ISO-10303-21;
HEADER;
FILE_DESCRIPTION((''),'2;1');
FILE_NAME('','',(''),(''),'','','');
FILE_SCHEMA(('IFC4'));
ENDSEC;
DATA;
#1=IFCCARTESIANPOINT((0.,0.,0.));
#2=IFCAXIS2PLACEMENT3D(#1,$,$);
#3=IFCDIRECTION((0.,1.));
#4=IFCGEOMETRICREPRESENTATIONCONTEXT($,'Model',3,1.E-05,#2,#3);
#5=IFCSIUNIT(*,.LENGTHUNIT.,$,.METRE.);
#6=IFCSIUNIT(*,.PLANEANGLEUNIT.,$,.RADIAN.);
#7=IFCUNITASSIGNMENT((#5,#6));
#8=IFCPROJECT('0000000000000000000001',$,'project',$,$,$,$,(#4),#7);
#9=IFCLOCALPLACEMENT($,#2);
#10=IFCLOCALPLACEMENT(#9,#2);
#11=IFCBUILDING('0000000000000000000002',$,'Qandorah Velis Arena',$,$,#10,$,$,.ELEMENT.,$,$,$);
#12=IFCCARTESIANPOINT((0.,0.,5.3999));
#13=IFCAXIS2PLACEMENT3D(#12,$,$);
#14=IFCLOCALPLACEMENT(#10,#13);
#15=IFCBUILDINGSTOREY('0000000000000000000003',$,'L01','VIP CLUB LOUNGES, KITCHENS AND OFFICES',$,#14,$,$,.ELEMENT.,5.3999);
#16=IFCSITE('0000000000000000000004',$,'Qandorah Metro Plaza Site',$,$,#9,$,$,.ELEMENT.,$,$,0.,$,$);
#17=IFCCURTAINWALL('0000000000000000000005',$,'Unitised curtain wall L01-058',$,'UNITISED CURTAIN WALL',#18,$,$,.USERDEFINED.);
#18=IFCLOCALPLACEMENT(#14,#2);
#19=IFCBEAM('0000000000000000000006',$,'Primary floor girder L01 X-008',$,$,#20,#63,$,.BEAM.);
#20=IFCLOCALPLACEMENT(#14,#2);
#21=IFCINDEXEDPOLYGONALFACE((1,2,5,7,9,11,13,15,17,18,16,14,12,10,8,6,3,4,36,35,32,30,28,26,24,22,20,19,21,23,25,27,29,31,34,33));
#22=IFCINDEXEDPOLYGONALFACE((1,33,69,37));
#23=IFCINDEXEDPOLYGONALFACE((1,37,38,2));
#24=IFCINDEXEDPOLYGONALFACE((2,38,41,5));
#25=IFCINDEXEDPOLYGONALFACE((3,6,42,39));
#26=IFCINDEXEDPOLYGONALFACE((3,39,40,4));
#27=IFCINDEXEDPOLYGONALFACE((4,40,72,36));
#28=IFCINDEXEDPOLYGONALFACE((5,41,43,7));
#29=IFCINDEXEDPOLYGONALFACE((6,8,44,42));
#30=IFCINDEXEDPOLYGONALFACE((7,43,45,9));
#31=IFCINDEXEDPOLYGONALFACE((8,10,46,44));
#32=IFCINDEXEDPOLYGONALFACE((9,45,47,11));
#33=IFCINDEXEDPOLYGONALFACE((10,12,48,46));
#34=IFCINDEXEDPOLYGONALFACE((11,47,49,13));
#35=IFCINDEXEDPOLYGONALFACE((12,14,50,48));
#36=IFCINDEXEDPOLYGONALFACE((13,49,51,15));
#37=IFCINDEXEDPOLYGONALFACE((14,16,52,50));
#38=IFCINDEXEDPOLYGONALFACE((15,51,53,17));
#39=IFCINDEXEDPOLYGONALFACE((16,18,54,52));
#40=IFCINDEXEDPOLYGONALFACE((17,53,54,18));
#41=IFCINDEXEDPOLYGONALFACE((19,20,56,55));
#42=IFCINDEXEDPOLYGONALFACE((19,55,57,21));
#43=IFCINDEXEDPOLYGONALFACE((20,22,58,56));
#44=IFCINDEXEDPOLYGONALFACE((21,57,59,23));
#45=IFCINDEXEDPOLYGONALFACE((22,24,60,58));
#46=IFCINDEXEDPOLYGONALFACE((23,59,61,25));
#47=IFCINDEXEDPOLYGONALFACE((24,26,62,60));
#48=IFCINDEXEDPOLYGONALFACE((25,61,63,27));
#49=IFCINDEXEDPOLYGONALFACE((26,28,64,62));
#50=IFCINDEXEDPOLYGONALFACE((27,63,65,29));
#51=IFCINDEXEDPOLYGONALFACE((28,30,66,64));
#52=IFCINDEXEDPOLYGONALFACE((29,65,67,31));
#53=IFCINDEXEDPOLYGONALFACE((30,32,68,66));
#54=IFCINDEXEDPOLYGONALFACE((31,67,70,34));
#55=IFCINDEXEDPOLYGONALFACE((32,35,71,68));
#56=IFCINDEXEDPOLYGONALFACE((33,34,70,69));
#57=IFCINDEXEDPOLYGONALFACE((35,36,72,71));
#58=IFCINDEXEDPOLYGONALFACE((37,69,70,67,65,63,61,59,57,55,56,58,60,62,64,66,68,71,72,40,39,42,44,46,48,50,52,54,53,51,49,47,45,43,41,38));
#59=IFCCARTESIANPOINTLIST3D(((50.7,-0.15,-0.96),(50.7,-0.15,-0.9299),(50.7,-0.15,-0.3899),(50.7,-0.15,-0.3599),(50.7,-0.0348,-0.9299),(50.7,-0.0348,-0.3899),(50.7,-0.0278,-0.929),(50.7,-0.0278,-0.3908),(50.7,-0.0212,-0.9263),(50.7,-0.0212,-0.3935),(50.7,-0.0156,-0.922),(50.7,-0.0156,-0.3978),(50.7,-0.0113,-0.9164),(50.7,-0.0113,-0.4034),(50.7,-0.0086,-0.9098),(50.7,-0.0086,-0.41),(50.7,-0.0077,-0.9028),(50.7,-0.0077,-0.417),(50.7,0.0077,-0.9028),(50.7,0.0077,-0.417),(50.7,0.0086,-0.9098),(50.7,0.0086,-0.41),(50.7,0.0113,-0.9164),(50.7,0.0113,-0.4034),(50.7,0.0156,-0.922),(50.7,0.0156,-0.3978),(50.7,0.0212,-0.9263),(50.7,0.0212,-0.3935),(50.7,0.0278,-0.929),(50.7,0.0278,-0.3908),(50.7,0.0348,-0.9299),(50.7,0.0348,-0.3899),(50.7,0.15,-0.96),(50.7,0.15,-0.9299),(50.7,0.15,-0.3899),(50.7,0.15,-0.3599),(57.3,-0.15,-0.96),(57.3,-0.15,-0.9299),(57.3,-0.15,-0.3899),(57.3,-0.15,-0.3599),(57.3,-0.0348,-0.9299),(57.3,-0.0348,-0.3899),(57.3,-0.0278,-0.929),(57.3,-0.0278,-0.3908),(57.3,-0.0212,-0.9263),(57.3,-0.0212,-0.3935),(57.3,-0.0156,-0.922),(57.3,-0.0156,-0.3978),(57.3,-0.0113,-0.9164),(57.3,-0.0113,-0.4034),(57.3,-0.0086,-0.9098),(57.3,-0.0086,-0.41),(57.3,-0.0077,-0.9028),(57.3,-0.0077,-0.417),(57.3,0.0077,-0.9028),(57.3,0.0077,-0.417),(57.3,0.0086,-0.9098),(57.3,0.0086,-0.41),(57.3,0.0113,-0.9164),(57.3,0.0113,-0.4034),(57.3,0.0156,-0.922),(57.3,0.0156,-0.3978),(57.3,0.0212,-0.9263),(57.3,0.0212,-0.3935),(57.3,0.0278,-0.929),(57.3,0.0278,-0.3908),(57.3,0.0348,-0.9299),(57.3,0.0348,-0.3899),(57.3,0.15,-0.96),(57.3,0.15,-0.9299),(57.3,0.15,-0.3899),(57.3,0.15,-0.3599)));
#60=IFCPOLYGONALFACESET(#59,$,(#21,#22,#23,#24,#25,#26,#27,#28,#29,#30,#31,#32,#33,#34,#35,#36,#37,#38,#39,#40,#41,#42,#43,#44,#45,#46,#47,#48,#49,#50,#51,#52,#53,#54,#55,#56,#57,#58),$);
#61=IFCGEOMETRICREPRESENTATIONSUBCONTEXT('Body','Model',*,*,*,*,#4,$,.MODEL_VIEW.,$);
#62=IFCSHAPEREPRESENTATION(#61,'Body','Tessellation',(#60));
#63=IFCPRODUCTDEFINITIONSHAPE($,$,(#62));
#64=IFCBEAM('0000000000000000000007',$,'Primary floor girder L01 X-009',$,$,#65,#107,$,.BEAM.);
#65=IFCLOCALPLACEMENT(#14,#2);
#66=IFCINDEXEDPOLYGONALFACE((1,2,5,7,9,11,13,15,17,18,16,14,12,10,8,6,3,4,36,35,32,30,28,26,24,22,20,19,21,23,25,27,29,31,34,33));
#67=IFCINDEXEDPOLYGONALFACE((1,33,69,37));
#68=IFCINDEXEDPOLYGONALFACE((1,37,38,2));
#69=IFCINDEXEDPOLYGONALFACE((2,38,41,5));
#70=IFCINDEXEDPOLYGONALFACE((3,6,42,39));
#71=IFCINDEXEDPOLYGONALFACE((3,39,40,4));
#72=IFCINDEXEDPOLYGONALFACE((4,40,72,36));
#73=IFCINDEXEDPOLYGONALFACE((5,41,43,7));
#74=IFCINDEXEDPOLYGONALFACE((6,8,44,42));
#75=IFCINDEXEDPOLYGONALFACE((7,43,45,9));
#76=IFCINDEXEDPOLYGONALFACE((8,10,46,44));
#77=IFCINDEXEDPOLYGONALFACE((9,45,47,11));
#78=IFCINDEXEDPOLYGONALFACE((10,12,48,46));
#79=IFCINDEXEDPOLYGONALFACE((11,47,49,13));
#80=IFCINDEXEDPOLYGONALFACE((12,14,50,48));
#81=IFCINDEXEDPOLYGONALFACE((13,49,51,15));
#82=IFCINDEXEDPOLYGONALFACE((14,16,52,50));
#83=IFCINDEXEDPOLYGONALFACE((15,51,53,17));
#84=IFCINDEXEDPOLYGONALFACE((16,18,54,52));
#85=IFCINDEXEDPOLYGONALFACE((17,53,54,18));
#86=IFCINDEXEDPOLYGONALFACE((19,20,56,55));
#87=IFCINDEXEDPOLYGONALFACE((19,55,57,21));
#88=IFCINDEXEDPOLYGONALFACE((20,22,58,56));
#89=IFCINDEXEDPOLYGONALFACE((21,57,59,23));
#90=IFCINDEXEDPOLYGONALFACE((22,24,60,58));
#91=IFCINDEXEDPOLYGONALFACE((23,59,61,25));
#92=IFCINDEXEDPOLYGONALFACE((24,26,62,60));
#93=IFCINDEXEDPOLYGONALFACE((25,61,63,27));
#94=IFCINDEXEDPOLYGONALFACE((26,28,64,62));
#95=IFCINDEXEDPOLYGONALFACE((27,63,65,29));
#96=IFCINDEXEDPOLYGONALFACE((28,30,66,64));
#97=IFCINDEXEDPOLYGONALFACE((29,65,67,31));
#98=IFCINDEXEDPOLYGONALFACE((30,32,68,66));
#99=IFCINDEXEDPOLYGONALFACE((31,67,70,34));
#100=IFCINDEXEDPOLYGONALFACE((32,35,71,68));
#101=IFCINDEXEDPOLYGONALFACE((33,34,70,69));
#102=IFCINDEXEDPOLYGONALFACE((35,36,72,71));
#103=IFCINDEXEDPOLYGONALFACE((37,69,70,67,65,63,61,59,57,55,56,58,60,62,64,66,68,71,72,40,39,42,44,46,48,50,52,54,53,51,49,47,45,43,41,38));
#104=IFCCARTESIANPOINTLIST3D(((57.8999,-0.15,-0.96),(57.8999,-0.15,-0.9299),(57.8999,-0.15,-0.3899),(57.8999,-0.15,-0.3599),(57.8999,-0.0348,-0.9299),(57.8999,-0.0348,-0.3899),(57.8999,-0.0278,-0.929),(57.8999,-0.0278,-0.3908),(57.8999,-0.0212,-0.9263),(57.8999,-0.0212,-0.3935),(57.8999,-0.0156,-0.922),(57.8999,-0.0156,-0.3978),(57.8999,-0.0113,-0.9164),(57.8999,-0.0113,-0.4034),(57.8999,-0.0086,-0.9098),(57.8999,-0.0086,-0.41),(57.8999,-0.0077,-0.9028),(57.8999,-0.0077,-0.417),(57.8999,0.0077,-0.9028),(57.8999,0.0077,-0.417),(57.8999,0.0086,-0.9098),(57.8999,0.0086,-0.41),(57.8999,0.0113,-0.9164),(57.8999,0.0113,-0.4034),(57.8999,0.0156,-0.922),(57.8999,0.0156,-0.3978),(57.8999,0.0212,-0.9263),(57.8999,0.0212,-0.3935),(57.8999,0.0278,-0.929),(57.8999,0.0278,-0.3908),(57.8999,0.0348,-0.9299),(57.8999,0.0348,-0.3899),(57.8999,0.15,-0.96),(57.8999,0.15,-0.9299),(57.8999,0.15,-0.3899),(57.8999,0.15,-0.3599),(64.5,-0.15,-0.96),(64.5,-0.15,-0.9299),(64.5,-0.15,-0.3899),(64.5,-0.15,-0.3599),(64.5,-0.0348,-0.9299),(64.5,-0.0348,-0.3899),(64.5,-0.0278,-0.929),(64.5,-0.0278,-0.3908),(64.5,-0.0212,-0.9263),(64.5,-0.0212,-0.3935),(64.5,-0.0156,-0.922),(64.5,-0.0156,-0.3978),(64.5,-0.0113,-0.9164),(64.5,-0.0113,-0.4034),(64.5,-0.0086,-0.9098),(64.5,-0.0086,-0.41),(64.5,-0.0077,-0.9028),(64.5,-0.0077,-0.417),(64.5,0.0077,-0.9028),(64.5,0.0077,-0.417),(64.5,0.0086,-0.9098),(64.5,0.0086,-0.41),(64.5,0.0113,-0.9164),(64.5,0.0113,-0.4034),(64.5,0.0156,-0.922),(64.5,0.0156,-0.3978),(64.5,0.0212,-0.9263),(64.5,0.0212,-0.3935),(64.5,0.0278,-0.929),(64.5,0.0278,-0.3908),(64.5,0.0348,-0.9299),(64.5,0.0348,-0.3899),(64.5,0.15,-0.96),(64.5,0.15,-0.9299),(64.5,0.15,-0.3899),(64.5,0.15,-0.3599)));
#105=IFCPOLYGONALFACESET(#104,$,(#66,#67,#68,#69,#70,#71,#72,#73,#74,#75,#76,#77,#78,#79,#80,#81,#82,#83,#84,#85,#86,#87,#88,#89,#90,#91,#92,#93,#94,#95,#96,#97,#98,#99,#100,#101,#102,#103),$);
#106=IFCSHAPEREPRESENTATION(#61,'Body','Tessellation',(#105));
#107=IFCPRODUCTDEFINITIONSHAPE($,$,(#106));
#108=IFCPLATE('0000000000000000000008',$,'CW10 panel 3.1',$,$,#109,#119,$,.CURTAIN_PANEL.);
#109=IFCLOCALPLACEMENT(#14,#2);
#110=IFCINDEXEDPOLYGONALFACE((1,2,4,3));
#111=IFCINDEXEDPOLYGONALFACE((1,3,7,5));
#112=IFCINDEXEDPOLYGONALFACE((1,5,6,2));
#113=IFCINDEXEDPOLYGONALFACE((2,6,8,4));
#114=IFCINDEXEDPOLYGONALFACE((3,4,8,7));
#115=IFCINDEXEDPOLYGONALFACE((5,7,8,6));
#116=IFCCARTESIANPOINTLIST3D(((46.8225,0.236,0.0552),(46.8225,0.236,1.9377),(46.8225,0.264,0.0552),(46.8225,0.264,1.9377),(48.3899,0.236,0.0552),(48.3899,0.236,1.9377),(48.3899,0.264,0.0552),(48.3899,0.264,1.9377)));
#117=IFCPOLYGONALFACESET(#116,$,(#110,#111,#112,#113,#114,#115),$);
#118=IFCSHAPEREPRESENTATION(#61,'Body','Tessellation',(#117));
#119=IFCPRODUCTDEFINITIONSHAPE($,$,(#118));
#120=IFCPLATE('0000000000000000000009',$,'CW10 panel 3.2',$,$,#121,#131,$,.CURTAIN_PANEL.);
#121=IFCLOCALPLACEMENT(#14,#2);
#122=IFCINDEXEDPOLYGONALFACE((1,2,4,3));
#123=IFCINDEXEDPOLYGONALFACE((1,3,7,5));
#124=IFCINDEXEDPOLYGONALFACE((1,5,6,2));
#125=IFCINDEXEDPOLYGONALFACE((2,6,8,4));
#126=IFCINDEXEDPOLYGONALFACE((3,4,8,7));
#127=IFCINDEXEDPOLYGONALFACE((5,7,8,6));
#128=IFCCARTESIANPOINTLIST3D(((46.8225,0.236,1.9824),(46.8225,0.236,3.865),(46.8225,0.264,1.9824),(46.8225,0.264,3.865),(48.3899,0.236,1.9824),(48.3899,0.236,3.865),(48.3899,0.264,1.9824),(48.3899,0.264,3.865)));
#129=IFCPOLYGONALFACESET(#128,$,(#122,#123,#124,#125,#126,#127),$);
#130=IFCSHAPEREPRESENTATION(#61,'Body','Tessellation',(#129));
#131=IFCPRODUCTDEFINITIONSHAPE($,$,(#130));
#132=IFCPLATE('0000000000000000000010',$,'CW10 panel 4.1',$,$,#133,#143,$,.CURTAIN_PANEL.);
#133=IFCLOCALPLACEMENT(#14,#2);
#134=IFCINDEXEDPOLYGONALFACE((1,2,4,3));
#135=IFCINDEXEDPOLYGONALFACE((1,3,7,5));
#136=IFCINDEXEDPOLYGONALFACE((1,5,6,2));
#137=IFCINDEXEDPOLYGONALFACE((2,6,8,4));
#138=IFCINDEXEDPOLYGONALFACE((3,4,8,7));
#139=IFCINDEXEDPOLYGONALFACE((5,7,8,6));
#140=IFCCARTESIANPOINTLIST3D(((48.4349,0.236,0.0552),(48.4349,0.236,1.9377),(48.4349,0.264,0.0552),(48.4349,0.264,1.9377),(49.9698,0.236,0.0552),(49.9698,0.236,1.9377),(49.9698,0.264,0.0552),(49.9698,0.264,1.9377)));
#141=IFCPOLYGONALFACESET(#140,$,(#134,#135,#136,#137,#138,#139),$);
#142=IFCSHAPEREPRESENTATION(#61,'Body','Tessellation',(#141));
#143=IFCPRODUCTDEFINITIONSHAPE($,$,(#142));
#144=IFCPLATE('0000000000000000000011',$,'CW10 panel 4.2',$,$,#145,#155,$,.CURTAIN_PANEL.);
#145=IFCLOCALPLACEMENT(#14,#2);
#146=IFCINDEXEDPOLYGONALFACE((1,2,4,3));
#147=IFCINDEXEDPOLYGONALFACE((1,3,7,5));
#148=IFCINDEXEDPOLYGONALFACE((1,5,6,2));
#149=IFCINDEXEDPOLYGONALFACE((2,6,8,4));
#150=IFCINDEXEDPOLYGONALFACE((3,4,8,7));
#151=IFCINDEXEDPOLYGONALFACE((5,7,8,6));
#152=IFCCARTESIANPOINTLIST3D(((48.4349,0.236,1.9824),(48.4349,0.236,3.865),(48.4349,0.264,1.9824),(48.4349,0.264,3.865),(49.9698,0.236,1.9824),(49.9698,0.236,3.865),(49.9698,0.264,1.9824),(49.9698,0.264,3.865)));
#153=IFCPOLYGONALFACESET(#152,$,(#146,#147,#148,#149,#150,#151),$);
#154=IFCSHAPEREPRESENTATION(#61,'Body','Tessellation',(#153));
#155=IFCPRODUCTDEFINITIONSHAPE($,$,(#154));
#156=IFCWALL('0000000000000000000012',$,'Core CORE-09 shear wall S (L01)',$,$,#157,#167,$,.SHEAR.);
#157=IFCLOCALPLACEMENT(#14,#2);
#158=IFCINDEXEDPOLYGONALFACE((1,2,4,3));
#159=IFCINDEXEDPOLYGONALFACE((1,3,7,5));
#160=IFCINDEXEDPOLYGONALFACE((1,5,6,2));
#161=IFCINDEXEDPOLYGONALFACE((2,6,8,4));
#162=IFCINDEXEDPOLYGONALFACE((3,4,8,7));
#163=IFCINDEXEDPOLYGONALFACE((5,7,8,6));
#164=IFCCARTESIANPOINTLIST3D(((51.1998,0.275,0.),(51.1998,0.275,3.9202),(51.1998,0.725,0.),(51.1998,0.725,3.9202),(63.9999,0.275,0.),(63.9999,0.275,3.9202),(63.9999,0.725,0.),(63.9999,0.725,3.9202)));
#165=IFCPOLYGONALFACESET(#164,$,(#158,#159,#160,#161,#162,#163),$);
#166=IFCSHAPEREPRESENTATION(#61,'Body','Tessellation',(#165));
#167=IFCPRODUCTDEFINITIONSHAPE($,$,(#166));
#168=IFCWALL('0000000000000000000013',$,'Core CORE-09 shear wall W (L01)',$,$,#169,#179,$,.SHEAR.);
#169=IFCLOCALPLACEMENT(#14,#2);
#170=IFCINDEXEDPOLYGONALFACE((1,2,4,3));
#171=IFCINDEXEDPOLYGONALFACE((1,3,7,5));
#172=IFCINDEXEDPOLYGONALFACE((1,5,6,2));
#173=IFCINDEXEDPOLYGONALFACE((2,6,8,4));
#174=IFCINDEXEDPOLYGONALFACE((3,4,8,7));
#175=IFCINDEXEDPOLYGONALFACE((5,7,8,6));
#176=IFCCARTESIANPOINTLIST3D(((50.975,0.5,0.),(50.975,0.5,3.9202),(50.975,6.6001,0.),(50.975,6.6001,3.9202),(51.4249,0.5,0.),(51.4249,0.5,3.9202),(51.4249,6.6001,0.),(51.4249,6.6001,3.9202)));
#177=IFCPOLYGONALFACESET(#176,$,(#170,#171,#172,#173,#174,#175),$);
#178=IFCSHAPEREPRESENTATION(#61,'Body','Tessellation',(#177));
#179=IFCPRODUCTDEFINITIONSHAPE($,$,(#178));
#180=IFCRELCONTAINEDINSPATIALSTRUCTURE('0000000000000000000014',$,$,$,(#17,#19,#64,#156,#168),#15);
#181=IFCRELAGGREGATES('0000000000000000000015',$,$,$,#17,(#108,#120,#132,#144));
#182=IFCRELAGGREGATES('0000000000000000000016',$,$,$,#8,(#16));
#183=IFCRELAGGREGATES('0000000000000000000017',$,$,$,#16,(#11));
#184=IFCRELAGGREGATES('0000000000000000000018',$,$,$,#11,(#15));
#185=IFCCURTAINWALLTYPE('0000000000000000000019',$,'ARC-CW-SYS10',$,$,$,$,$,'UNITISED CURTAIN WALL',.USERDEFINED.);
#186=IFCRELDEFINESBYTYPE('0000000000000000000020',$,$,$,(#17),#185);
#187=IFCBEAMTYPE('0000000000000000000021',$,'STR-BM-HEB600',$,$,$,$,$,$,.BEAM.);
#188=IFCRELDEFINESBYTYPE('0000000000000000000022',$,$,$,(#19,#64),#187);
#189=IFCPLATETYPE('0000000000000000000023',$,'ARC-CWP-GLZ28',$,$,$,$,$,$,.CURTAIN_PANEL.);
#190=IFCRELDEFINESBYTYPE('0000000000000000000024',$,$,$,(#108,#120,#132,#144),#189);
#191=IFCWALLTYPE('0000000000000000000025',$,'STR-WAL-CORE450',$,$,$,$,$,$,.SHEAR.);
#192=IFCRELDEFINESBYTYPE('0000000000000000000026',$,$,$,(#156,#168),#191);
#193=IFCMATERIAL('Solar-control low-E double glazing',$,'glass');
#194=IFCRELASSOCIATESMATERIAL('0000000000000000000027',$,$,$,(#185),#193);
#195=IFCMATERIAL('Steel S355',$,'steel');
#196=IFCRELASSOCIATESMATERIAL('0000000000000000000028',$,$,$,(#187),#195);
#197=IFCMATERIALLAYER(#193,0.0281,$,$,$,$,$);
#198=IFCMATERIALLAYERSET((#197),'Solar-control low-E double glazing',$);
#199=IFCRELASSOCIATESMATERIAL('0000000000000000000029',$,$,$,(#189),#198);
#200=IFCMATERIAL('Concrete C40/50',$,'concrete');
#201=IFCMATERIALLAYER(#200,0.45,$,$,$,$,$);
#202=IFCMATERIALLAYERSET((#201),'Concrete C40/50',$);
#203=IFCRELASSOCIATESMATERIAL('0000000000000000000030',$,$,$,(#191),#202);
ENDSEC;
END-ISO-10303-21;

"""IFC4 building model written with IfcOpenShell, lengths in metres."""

from ifc_helpers import new_model, si_unit, direction, frame, frame_2d, origin, origin_2d, place, context, subcontext, project, spatial, rectangle, i_section, extrude, material, layer, layer_set, material_profile, profile_set, type_object, element, aggregate, save


model = new_model("IFC4")

# Units and contexts
model_context = context("Model", 3, precision=1e-05, world=origin(), true_north=direction((0.0, 1.0)))
body_context = subcontext(model_context, "Body", "Model", "MODEL_VIEW")
ifc_project = project(units=[si_unit("LENGTHUNIT", "METRE"), si_unit("PLANEANGLEUNIT", "RADIAN")], contexts=[model_context])

# Site, building, storey
site_placement = place(None, origin())
site = spatial("IfcSite", under=ifc_project, at=site_placement, Name="Qandorah Metro Plaza Site", CompositionType="ELEMENT", RefElevation=0.0)
building_placement = place(site_placement, origin())
building = spatial("IfcBuilding", under=site, at=building_placement, Name="Qandorah Velis Arena", CompositionType="ELEMENT")
storey_placement = place(building_placement, frame((0.0, 0.0, 5.3999)))
storey = spatial("IfcBuildingStorey", under=building, at=storey_placement, Name="L01", Description="VIP CLUB LOUNGES, KITCHENS AND OFFICES", CompositionType="ELEMENT", Elevation=5.3999)

# Shared definitions
ifc_material_1 = material(Name="Concrete C40/50", Category="concrete")

# Curtain wall
ifc_material_2 = material(Name="Solar-control low-E double glazing", Category="glass")
curtain_wall_type = type_object("IfcCurtainWallType", Name="ARC-CW-SYS10", ElementType="UNITISED CURTAIN WALL", PredefinedType="USERDEFINED", material=ifc_material_2)
curtain_wall_placement = place(storey_placement, origin())
curtain_wall = element("IfcCurtainWall", 1, at=curtain_wall_placement, inside=storey, type_object=curtain_wall_type, Name="Unitised curtain wall L01-058", ObjectType="UNITISED CURTAIN WALL", PredefinedType="USERDEFINED")

# Beams
ifc_material_3 = material(Name="Steel S355", Category="steel")
ifc_material_profile_1 = material_profile(ifc_material_3, i_section(OverallWidth=0.3, OverallDepth=0.6001, WebThickness=0.0154, FlangeThickness=0.03, FilletRadius=0.0271, at=origin_2d()), Name="HEB 600")
ifc_profile_set_1 = profile_set([ifc_material_profile_1], Name="Steel S355")
beam_type_1 = type_object("IfcBeamType", Name="STR-BM-HEB600", PredefinedType="BEAM", material=ifc_profile_set_1)
for number, where, z_axis, x_axis, name in (
    (2, (50.7, 0.0, -0.6599), (1.0, 0.0, 0.0), (0.0, 1.0, 0.0), "Primary floor girder L01 X-008"),
    (3, (57.8999, 0.0, -0.6599), (1.0, 0.0, 0.0), (0.0, 1.0, 0.0), "Primary floor girder L01 X-009"),
):
    element("IfcBeam", number, at=place(storey_placement, frame(where, z_axis=z_axis, x_axis=x_axis)), inside=storey, type_object=beam_type_1, Name=name, PredefinedType="BEAM", context=body_context, shape_type="SweptSolid", body=[
        extrude(i_section(OverallWidth=0.3, OverallDepth=0.6001, WebThickness=0.0154, FlangeThickness=0.03, FilletRadius=0.0271, at=origin_2d()), origin(), (0.0, 0.0, 1.0), 6.6001),
    ])

# Plates
ifc_layer_1 = layer(ifc_material_2, 0.0281)
ifc_layer_set_1 = layer_set([ifc_layer_1], Name="Solar-control low-E double glazing")
plate_type = type_object("IfcPlateType", Name="ARC-CWP-GLZ28", PredefinedType="CURTAIN_PANEL", material=ifc_layer_set_1)
plate_1_placement = place(storey_placement, frame((47.6062, 0.25, 0.0552), z_axis=(0.0, 0.0, 1.0), x_axis=(1.0, 0.0, 0.0)))
plate_1 = element("IfcPlate", 4, at=plate_1_placement, type_object=plate_type, Name="CW10 panel 3.1", PredefinedType="CURTAIN_PANEL", context=body_context, shape_type="SweptSolid", body=[
    extrude(rectangle(XDim=1.5674, YDim=0.0281, at=origin_2d()), origin(), (0.0, 0.0, 1.0), 1.8826),
])
plate_2_placement = place(storey_placement, frame((47.6062, 0.25, 1.9824), z_axis=(0.0, 0.0, 1.0), x_axis=(1.0, 0.0, 0.0)))
plate_2 = element("IfcPlate", 5, at=plate_2_placement, type_object=plate_type, Name="CW10 panel 3.2", PredefinedType="CURTAIN_PANEL", context=body_context, shape_type="SweptSolid", body=[
    extrude(rectangle(XDim=1.5674, YDim=0.0281, at=origin_2d()), origin(), (0.0, 0.0, 1.0), 1.8826),
])
plate_3_placement = place(storey_placement, frame((49.2024, 0.25, 0.0552), z_axis=(0.0, 0.0, 1.0), x_axis=(1.0, 0.0, 0.0)))
plate_3 = element("IfcPlate", 6, at=plate_3_placement, type_object=plate_type, Name="CW10 panel 4.1", PredefinedType="CURTAIN_PANEL", context=body_context, shape_type="SweptSolid", body=[
    extrude(rectangle(XDim=1.5349, YDim=0.0281, at=origin_2d()), origin(), (0.0, 0.0, 1.0), 1.8826),
])
plate_4_placement = place(storey_placement, frame((49.2024, 0.25, 1.9824), z_axis=(0.0, 0.0, 1.0), x_axis=(1.0, 0.0, 0.0)))
plate_4 = element("IfcPlate", 7, at=plate_4_placement, type_object=plate_type, Name="CW10 panel 4.2", PredefinedType="CURTAIN_PANEL", context=body_context, shape_type="SweptSolid", body=[
    extrude(rectangle(XDim=1.5349, YDim=0.0281, at=origin_2d()), origin(), (0.0, 0.0, 1.0), 1.8826),
])
aggregate(curtain_wall, [plate_1, plate_2, plate_3, plate_4])

# Walls
ifc_layer_2 = layer(ifc_material_1, 0.45)
ifc_layer_set_2 = layer_set([ifc_layer_2], Name="Concrete C40/50")
wall_type = type_object("IfcWallType", Name="STR-WAL-CORE450", PredefinedType="SHEAR", material=ifc_layer_set_2)
wall_1_placement = place(storey_placement, frame((51.2, 0.5, 0.0), z_axis=(0.0, 0.0, 1.0), x_axis=(1.0, 0.0, 0.0)))
element("IfcWall", 8, at=wall_1_placement, inside=storey, type_object=wall_type, Name="Core CORE-09 shear wall S (L01)", PredefinedType="SHEAR", context=body_context, shape_type="SweptSolid", body=[
    extrude(rectangle(XDim=12.8, YDim=0.45, at=frame_2d((6.3999, 0.0))), origin(), (0.0, 0.0, 1.0), 3.9202),
])
wall_2_placement = place(storey_placement, frame((51.2, 0.5, 0.0), z_axis=(0.0, 0.0, 1.0), x_axis=(0.0, 1.0, 0.0)))
element("IfcWall", 9, at=wall_2_placement, inside=storey, type_object=wall_type, Name="Core CORE-09 shear wall W (L01)", PredefinedType="SHEAR", context=body_context, shape_type="SweptSolid", body=[
    extrude(rectangle(XDim=6.1001, YDim=0.45, at=frame_2d((3.05, 0.0))), origin(), (0.0, 0.0, 1.0), 3.9202),
])

save(model, "model.ifc")
